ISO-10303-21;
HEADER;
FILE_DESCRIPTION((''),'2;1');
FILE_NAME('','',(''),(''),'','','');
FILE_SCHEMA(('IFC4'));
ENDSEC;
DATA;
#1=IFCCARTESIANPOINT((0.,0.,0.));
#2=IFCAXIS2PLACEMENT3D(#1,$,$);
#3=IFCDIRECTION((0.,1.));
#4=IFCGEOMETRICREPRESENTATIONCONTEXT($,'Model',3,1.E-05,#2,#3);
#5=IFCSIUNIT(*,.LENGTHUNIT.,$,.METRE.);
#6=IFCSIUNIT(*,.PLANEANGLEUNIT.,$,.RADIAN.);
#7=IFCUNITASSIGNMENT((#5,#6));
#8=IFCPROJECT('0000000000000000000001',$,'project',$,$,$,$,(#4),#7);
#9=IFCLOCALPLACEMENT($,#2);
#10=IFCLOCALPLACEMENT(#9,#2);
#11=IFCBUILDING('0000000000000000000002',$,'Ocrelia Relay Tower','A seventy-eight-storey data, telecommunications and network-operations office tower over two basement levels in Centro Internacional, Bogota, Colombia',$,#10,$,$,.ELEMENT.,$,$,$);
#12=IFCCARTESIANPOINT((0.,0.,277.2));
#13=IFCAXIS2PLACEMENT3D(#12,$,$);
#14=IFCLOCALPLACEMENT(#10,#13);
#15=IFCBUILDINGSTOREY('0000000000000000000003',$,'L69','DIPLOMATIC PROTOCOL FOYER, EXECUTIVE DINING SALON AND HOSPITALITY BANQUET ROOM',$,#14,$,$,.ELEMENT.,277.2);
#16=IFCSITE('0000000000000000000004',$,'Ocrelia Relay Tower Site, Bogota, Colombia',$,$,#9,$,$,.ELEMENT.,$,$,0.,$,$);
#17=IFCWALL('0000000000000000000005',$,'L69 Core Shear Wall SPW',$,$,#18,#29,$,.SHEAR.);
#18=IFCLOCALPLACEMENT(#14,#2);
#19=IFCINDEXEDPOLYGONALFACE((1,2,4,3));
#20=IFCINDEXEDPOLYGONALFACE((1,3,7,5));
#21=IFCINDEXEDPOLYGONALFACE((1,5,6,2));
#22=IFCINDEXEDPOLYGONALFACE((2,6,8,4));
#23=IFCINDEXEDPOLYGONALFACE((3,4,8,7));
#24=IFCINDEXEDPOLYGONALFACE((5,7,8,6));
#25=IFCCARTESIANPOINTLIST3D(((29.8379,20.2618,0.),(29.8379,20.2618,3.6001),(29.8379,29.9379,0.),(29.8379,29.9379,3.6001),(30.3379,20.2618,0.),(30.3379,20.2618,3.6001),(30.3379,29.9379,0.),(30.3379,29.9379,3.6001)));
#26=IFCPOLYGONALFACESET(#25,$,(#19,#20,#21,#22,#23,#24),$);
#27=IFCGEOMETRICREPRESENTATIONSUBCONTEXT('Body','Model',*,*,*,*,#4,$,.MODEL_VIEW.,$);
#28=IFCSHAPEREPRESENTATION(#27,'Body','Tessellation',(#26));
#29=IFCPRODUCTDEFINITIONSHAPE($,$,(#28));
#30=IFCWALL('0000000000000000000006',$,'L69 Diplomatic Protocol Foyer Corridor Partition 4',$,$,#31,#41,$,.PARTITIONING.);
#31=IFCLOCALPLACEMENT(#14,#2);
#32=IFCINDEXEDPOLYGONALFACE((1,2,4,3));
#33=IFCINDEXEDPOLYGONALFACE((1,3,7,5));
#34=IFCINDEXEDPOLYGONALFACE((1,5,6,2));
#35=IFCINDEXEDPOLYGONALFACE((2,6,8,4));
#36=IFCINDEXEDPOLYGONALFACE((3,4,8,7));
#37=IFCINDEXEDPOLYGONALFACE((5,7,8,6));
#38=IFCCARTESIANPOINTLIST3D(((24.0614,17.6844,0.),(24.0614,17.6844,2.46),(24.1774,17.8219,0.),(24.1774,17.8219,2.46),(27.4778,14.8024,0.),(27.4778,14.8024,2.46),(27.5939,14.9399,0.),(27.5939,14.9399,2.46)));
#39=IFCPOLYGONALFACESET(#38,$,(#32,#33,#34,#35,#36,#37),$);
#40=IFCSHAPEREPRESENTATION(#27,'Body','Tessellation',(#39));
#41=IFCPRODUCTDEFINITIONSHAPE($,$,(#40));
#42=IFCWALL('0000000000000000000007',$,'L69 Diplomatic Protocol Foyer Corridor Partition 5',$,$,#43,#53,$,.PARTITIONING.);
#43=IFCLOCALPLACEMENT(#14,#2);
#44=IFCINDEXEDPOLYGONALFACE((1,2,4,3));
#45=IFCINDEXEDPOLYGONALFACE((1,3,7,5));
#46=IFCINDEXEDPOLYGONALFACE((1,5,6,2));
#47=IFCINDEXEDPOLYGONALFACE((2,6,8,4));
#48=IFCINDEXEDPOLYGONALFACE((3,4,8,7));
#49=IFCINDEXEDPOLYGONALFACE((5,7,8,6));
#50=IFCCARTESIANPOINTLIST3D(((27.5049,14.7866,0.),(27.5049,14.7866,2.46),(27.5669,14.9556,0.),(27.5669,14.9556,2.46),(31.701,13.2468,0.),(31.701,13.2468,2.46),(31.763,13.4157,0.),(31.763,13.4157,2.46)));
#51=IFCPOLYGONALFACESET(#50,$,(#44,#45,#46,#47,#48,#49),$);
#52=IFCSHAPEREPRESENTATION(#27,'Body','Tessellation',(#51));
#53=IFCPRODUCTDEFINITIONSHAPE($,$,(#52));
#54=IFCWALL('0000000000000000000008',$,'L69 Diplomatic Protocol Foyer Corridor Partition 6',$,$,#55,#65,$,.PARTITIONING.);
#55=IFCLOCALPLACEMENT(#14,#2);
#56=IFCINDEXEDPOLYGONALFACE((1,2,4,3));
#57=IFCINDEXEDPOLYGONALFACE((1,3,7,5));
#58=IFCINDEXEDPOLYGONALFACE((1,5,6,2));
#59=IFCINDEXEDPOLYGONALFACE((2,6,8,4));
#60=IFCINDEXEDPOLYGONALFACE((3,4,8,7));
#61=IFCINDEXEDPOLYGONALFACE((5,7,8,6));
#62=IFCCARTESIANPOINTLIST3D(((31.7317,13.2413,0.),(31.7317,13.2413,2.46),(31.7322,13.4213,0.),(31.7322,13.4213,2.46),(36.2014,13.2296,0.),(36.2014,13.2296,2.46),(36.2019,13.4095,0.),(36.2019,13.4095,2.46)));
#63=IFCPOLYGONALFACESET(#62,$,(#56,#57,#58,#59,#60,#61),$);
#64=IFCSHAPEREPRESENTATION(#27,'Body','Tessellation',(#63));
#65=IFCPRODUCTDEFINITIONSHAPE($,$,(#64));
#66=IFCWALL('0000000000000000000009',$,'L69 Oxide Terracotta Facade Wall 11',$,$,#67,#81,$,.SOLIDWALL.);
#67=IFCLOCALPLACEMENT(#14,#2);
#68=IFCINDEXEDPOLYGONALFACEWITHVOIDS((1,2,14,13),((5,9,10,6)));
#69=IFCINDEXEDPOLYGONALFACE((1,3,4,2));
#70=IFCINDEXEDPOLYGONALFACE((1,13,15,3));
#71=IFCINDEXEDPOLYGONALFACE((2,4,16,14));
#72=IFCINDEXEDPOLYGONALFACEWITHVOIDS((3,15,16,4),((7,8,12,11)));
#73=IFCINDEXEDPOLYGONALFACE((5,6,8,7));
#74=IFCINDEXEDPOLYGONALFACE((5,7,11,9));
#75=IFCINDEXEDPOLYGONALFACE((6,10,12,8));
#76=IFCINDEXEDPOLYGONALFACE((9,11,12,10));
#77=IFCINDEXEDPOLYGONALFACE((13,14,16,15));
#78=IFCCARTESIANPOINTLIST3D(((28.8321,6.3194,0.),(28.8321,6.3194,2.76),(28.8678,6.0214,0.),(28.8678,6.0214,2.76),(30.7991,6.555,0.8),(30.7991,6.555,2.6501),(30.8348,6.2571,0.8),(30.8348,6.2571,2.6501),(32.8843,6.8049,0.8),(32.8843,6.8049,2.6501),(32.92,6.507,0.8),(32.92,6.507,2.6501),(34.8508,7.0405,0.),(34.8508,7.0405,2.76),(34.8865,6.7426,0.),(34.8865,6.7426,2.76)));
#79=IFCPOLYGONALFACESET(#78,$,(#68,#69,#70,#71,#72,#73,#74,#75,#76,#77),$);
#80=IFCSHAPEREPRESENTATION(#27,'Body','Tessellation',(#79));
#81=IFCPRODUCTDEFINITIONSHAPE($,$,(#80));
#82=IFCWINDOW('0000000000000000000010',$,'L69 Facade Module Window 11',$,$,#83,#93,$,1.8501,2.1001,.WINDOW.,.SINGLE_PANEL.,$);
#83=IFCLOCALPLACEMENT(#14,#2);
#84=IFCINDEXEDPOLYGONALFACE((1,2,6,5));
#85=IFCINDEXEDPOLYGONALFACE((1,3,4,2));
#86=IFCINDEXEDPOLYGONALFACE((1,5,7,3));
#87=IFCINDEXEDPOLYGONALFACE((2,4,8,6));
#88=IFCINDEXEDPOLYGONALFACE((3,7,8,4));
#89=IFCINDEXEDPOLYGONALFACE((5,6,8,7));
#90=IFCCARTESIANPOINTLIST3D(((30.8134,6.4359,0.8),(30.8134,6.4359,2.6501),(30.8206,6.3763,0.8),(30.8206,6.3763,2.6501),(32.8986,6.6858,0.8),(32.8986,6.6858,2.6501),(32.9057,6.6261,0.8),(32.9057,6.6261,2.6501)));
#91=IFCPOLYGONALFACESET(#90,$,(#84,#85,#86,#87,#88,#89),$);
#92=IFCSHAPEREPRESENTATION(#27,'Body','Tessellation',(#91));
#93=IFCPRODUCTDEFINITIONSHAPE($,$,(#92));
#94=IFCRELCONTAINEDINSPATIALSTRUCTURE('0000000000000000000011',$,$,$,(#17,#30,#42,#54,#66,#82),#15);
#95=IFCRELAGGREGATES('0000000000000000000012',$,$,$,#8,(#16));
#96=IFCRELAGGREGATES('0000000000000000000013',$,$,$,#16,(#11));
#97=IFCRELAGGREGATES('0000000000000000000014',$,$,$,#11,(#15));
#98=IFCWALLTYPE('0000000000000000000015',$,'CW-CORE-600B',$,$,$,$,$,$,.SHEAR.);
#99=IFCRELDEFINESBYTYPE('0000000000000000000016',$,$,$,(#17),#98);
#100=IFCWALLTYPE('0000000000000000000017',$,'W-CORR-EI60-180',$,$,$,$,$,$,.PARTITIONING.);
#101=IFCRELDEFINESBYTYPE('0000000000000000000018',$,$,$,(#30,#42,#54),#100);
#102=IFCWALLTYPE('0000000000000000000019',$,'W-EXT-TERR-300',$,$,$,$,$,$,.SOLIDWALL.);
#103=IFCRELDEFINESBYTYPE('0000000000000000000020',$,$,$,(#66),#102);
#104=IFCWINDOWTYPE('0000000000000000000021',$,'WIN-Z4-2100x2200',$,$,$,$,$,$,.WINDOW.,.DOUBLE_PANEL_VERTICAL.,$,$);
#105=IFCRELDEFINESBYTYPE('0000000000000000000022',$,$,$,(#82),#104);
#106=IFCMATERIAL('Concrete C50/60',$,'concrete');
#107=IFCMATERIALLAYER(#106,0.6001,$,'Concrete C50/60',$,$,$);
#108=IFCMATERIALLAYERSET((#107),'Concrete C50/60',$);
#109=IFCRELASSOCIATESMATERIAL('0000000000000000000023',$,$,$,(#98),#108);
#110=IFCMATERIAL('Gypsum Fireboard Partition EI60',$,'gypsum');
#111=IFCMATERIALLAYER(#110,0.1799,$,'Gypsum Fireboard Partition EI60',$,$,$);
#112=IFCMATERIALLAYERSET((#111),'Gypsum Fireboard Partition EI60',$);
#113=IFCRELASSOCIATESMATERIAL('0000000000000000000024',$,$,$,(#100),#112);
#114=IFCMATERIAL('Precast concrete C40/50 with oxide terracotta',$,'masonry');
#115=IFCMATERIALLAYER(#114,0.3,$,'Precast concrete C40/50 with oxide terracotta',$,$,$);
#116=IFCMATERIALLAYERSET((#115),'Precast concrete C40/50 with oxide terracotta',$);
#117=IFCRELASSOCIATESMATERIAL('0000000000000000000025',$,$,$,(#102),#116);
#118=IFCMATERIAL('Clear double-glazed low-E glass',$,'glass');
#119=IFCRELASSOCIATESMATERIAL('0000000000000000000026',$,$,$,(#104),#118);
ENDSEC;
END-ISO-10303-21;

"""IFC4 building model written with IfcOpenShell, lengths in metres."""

from ifc_helpers import new_model, si_unit, direction, frame, frame_2d, origin, place, context, subcontext, project, spatial, rectangle, extrude, material, layer, layer_set, type_object, element, fill, save


model = new_model("IFC4")

# Units and contexts
model_context = context("Model", 3, precision=1e-05, world=origin(), true_north=direction((0.0, 1.0)))
body_context = subcontext(model_context, "Body", "Model", "MODEL_VIEW")
ifc_project = project(units=[si_unit("LENGTHUNIT", "METRE"), si_unit("PLANEANGLEUNIT", "RADIAN")], contexts=[model_context])

# Site, building, storey
site_placement = place(None, origin())
site = spatial("IfcSite", under=ifc_project, at=site_placement, Name="Ocrelia Relay Tower Site, Bogota, Colombia", CompositionType="ELEMENT", RefElevation=0.0)
building_placement = place(site_placement, origin())
building = spatial("IfcBuilding", under=site, at=building_placement, Name="Ocrelia Relay Tower", Description="A seventy-eight-storey data, telecommunications and network-operations office tower over two basement levels in Centro Internacional, Bogota, Colombia", CompositionType="ELEMENT")
storey_placement = place(building_placement, frame((0.0, 0.0, 277.2)))
storey = spatial("IfcBuildingStorey", under=building, at=storey_placement, Name="L69", Description="DIPLOMATIC PROTOCOL FOYER, EXECUTIVE DINING SALON AND HOSPITALITY BANQUET ROOM", CompositionType="ELEMENT", Elevation=277.2)

# Shared definitions
ifc_material_1 = material(Name="Concrete C50/60", Category="concrete")

# Shared definitions
ifc_material_2 = material(Name="Clear double-glazed low-E glass", Category="glass")

# Wall
ifc_layer_1 = layer(ifc_material_1, 0.6001, Name="Concrete C50/60")
ifc_layer_set_1 = layer_set([ifc_layer_1], Name="Concrete C50/60")
wall_type_1 = type_object("IfcWallType", Name="CW-CORE-600B", PredefinedType="SHEAR", material=ifc_layer_set_1)
wall_1_placement = place(storey_placement, frame((30.0879, 20.262, 0.0), z_axis=(0.0, 0.0, 1.0), x_axis=(0.0, 1.0, 0.0)))
element("IfcWall", 1, at=wall_1_placement, inside=storey, type_object=wall_type_1, Name="L69 Core Shear Wall SPW", PredefinedType="SHEAR", context=body_context, shape_type="SweptSolid", body=[
    extrude(rectangle(XDim=9.676, YDim=0.5, at=frame_2d((4.8379, 0.0))), origin(), (0.0, 0.0, 1.0), 3.6001),
])

# Shared definitions
ifc_material_3 = material(Name="Gypsum Fireboard Partition EI60", Category="gypsum")
ifc_layer_2 = layer(ifc_material_3, 0.1799, Name="Gypsum Fireboard Partition EI60")
ifc_layer_set_2 = layer_set([ifc_layer_2], Name="Gypsum Fireboard Partition EI60")
wall_type_2 = type_object("IfcWallType", Name="W-CORR-EI60-180", PredefinedType="PARTITIONING", material=ifc_layer_set_2)

# Walls
for number, where, z_axis, x_axis, name in (
    (2, (24.1194, 17.7532, 0.0), (0.0, 0.0, 1.0), (0.764357, -0.644793, 0.0), "L69 Diplomatic Protocol Foyer Corridor Partition 4"),
    (3, (27.5359, 14.8711, 0.0), (0.0, 0.0, 1.0), (0.938786, -0.3445, 0.0), "L69 Diplomatic Protocol Foyer Corridor Partition 5"),
    (4, (31.7319, 13.3313, 0.0), (0.0, 0.0, 1.0), (0.999997, -0.002622, 0.0), "L69 Diplomatic Protocol Foyer Corridor Partition 6"),
):
    element("IfcWall", number, at=place(storey_placement, frame(where, z_axis=z_axis, x_axis=x_axis)), inside=storey, type_object=wall_type_2, Name=name, PredefinedType="PARTITIONING", context=body_context, shape_type="SweptSolid", body=[
        extrude(rectangle(XDim=4.4697, YDim=0.1799, at=frame_2d((2.2349, 0.0))), origin(), (0.0, 0.0, 1.0), 2.46),
    ])

# Wall, opening, window
ifc_material_4 = material(Name="Precast concrete C40/50 with oxide terracotta", Category="masonry")
ifc_layer_3 = layer(ifc_material_4, 0.3, Name="Precast concrete C40/50 with oxide terracotta")
ifc_layer_set_3 = layer_set([ifc_layer_3], Name="Precast concrete C40/50 with oxide terracotta")
wall_type_3 = type_object("IfcWallType", Name="W-EXT-TERR-300", PredefinedType="SOLIDWALL", material=ifc_layer_set_3)
wall_2_placement = place(storey_placement, frame((28.8501, 6.1704, 0.0), z_axis=(0.0, 0.0, 1.0), x_axis=(0.992898, 0.118972, 0.0)))
wall_2 = element("IfcWall", 5, at=wall_2_placement, inside=storey, type_object=wall_type_3, Name="L69 Oxide Terracotta Facade Wall 11", PredefinedType="SOLIDWALL", context=body_context, shape_type="SweptSolid", body=[
    extrude(rectangle(XDim=6.0618, YDim=0.3, at=frame_2d((3.0308, 0.0))), origin(), (0.0, 0.0, 1.0), 2.76),
])
opening_1_placement = place(wall_2_placement, frame((1.981, 0.0, 0.8)))
opening_1 = element("IfcOpeningElement", 6, at=opening_1_placement, cuts=wall_2, PredefinedType="OPENING", context=body_context, shape_type="SweptSolid", body=[
    extrude(rectangle(XDim=2.1001, YDim=1.8501, at=frame_2d((1.05, 0.925))), frame((0.0, 0.1602, 0.0), z_axis=(0.0, -1.0, 0.0), x_axis=(1.0, 0.0, 0.0)), (0.0, 0.0, 1.0), 0.3201),
])
window_type = type_object("IfcWindowType", Name="WIN-Z4-2100x2200", PartitioningType="DOUBLE_PANEL_VERTICAL", PredefinedType="WINDOW", material=ifc_material_2)
window_placement = place(opening_1_placement, origin())
window = element("IfcWindow", 7, at=window_placement, inside=storey, type_object=window_type, Name="L69 Facade Module Window 11", OverallHeight=1.8501, OverallWidth=2.1001, PartitioningType="SINGLE_PANEL", PredefinedType="WINDOW", context=body_context, shape_type="SweptSolid", body=[
    extrude(rectangle(XDim=2.1001, YDim=1.8501, at=frame_2d((1.05, 0.925))), frame((0.0, 0.03, 0.0), z_axis=(0.0, -1.0, 0.0), x_axis=(1.0, 0.0, 0.0)), (0.0, 0.0, 1.0), 0.0601),
])
fill(opening_1, window)

save(model, "model.ifc")
